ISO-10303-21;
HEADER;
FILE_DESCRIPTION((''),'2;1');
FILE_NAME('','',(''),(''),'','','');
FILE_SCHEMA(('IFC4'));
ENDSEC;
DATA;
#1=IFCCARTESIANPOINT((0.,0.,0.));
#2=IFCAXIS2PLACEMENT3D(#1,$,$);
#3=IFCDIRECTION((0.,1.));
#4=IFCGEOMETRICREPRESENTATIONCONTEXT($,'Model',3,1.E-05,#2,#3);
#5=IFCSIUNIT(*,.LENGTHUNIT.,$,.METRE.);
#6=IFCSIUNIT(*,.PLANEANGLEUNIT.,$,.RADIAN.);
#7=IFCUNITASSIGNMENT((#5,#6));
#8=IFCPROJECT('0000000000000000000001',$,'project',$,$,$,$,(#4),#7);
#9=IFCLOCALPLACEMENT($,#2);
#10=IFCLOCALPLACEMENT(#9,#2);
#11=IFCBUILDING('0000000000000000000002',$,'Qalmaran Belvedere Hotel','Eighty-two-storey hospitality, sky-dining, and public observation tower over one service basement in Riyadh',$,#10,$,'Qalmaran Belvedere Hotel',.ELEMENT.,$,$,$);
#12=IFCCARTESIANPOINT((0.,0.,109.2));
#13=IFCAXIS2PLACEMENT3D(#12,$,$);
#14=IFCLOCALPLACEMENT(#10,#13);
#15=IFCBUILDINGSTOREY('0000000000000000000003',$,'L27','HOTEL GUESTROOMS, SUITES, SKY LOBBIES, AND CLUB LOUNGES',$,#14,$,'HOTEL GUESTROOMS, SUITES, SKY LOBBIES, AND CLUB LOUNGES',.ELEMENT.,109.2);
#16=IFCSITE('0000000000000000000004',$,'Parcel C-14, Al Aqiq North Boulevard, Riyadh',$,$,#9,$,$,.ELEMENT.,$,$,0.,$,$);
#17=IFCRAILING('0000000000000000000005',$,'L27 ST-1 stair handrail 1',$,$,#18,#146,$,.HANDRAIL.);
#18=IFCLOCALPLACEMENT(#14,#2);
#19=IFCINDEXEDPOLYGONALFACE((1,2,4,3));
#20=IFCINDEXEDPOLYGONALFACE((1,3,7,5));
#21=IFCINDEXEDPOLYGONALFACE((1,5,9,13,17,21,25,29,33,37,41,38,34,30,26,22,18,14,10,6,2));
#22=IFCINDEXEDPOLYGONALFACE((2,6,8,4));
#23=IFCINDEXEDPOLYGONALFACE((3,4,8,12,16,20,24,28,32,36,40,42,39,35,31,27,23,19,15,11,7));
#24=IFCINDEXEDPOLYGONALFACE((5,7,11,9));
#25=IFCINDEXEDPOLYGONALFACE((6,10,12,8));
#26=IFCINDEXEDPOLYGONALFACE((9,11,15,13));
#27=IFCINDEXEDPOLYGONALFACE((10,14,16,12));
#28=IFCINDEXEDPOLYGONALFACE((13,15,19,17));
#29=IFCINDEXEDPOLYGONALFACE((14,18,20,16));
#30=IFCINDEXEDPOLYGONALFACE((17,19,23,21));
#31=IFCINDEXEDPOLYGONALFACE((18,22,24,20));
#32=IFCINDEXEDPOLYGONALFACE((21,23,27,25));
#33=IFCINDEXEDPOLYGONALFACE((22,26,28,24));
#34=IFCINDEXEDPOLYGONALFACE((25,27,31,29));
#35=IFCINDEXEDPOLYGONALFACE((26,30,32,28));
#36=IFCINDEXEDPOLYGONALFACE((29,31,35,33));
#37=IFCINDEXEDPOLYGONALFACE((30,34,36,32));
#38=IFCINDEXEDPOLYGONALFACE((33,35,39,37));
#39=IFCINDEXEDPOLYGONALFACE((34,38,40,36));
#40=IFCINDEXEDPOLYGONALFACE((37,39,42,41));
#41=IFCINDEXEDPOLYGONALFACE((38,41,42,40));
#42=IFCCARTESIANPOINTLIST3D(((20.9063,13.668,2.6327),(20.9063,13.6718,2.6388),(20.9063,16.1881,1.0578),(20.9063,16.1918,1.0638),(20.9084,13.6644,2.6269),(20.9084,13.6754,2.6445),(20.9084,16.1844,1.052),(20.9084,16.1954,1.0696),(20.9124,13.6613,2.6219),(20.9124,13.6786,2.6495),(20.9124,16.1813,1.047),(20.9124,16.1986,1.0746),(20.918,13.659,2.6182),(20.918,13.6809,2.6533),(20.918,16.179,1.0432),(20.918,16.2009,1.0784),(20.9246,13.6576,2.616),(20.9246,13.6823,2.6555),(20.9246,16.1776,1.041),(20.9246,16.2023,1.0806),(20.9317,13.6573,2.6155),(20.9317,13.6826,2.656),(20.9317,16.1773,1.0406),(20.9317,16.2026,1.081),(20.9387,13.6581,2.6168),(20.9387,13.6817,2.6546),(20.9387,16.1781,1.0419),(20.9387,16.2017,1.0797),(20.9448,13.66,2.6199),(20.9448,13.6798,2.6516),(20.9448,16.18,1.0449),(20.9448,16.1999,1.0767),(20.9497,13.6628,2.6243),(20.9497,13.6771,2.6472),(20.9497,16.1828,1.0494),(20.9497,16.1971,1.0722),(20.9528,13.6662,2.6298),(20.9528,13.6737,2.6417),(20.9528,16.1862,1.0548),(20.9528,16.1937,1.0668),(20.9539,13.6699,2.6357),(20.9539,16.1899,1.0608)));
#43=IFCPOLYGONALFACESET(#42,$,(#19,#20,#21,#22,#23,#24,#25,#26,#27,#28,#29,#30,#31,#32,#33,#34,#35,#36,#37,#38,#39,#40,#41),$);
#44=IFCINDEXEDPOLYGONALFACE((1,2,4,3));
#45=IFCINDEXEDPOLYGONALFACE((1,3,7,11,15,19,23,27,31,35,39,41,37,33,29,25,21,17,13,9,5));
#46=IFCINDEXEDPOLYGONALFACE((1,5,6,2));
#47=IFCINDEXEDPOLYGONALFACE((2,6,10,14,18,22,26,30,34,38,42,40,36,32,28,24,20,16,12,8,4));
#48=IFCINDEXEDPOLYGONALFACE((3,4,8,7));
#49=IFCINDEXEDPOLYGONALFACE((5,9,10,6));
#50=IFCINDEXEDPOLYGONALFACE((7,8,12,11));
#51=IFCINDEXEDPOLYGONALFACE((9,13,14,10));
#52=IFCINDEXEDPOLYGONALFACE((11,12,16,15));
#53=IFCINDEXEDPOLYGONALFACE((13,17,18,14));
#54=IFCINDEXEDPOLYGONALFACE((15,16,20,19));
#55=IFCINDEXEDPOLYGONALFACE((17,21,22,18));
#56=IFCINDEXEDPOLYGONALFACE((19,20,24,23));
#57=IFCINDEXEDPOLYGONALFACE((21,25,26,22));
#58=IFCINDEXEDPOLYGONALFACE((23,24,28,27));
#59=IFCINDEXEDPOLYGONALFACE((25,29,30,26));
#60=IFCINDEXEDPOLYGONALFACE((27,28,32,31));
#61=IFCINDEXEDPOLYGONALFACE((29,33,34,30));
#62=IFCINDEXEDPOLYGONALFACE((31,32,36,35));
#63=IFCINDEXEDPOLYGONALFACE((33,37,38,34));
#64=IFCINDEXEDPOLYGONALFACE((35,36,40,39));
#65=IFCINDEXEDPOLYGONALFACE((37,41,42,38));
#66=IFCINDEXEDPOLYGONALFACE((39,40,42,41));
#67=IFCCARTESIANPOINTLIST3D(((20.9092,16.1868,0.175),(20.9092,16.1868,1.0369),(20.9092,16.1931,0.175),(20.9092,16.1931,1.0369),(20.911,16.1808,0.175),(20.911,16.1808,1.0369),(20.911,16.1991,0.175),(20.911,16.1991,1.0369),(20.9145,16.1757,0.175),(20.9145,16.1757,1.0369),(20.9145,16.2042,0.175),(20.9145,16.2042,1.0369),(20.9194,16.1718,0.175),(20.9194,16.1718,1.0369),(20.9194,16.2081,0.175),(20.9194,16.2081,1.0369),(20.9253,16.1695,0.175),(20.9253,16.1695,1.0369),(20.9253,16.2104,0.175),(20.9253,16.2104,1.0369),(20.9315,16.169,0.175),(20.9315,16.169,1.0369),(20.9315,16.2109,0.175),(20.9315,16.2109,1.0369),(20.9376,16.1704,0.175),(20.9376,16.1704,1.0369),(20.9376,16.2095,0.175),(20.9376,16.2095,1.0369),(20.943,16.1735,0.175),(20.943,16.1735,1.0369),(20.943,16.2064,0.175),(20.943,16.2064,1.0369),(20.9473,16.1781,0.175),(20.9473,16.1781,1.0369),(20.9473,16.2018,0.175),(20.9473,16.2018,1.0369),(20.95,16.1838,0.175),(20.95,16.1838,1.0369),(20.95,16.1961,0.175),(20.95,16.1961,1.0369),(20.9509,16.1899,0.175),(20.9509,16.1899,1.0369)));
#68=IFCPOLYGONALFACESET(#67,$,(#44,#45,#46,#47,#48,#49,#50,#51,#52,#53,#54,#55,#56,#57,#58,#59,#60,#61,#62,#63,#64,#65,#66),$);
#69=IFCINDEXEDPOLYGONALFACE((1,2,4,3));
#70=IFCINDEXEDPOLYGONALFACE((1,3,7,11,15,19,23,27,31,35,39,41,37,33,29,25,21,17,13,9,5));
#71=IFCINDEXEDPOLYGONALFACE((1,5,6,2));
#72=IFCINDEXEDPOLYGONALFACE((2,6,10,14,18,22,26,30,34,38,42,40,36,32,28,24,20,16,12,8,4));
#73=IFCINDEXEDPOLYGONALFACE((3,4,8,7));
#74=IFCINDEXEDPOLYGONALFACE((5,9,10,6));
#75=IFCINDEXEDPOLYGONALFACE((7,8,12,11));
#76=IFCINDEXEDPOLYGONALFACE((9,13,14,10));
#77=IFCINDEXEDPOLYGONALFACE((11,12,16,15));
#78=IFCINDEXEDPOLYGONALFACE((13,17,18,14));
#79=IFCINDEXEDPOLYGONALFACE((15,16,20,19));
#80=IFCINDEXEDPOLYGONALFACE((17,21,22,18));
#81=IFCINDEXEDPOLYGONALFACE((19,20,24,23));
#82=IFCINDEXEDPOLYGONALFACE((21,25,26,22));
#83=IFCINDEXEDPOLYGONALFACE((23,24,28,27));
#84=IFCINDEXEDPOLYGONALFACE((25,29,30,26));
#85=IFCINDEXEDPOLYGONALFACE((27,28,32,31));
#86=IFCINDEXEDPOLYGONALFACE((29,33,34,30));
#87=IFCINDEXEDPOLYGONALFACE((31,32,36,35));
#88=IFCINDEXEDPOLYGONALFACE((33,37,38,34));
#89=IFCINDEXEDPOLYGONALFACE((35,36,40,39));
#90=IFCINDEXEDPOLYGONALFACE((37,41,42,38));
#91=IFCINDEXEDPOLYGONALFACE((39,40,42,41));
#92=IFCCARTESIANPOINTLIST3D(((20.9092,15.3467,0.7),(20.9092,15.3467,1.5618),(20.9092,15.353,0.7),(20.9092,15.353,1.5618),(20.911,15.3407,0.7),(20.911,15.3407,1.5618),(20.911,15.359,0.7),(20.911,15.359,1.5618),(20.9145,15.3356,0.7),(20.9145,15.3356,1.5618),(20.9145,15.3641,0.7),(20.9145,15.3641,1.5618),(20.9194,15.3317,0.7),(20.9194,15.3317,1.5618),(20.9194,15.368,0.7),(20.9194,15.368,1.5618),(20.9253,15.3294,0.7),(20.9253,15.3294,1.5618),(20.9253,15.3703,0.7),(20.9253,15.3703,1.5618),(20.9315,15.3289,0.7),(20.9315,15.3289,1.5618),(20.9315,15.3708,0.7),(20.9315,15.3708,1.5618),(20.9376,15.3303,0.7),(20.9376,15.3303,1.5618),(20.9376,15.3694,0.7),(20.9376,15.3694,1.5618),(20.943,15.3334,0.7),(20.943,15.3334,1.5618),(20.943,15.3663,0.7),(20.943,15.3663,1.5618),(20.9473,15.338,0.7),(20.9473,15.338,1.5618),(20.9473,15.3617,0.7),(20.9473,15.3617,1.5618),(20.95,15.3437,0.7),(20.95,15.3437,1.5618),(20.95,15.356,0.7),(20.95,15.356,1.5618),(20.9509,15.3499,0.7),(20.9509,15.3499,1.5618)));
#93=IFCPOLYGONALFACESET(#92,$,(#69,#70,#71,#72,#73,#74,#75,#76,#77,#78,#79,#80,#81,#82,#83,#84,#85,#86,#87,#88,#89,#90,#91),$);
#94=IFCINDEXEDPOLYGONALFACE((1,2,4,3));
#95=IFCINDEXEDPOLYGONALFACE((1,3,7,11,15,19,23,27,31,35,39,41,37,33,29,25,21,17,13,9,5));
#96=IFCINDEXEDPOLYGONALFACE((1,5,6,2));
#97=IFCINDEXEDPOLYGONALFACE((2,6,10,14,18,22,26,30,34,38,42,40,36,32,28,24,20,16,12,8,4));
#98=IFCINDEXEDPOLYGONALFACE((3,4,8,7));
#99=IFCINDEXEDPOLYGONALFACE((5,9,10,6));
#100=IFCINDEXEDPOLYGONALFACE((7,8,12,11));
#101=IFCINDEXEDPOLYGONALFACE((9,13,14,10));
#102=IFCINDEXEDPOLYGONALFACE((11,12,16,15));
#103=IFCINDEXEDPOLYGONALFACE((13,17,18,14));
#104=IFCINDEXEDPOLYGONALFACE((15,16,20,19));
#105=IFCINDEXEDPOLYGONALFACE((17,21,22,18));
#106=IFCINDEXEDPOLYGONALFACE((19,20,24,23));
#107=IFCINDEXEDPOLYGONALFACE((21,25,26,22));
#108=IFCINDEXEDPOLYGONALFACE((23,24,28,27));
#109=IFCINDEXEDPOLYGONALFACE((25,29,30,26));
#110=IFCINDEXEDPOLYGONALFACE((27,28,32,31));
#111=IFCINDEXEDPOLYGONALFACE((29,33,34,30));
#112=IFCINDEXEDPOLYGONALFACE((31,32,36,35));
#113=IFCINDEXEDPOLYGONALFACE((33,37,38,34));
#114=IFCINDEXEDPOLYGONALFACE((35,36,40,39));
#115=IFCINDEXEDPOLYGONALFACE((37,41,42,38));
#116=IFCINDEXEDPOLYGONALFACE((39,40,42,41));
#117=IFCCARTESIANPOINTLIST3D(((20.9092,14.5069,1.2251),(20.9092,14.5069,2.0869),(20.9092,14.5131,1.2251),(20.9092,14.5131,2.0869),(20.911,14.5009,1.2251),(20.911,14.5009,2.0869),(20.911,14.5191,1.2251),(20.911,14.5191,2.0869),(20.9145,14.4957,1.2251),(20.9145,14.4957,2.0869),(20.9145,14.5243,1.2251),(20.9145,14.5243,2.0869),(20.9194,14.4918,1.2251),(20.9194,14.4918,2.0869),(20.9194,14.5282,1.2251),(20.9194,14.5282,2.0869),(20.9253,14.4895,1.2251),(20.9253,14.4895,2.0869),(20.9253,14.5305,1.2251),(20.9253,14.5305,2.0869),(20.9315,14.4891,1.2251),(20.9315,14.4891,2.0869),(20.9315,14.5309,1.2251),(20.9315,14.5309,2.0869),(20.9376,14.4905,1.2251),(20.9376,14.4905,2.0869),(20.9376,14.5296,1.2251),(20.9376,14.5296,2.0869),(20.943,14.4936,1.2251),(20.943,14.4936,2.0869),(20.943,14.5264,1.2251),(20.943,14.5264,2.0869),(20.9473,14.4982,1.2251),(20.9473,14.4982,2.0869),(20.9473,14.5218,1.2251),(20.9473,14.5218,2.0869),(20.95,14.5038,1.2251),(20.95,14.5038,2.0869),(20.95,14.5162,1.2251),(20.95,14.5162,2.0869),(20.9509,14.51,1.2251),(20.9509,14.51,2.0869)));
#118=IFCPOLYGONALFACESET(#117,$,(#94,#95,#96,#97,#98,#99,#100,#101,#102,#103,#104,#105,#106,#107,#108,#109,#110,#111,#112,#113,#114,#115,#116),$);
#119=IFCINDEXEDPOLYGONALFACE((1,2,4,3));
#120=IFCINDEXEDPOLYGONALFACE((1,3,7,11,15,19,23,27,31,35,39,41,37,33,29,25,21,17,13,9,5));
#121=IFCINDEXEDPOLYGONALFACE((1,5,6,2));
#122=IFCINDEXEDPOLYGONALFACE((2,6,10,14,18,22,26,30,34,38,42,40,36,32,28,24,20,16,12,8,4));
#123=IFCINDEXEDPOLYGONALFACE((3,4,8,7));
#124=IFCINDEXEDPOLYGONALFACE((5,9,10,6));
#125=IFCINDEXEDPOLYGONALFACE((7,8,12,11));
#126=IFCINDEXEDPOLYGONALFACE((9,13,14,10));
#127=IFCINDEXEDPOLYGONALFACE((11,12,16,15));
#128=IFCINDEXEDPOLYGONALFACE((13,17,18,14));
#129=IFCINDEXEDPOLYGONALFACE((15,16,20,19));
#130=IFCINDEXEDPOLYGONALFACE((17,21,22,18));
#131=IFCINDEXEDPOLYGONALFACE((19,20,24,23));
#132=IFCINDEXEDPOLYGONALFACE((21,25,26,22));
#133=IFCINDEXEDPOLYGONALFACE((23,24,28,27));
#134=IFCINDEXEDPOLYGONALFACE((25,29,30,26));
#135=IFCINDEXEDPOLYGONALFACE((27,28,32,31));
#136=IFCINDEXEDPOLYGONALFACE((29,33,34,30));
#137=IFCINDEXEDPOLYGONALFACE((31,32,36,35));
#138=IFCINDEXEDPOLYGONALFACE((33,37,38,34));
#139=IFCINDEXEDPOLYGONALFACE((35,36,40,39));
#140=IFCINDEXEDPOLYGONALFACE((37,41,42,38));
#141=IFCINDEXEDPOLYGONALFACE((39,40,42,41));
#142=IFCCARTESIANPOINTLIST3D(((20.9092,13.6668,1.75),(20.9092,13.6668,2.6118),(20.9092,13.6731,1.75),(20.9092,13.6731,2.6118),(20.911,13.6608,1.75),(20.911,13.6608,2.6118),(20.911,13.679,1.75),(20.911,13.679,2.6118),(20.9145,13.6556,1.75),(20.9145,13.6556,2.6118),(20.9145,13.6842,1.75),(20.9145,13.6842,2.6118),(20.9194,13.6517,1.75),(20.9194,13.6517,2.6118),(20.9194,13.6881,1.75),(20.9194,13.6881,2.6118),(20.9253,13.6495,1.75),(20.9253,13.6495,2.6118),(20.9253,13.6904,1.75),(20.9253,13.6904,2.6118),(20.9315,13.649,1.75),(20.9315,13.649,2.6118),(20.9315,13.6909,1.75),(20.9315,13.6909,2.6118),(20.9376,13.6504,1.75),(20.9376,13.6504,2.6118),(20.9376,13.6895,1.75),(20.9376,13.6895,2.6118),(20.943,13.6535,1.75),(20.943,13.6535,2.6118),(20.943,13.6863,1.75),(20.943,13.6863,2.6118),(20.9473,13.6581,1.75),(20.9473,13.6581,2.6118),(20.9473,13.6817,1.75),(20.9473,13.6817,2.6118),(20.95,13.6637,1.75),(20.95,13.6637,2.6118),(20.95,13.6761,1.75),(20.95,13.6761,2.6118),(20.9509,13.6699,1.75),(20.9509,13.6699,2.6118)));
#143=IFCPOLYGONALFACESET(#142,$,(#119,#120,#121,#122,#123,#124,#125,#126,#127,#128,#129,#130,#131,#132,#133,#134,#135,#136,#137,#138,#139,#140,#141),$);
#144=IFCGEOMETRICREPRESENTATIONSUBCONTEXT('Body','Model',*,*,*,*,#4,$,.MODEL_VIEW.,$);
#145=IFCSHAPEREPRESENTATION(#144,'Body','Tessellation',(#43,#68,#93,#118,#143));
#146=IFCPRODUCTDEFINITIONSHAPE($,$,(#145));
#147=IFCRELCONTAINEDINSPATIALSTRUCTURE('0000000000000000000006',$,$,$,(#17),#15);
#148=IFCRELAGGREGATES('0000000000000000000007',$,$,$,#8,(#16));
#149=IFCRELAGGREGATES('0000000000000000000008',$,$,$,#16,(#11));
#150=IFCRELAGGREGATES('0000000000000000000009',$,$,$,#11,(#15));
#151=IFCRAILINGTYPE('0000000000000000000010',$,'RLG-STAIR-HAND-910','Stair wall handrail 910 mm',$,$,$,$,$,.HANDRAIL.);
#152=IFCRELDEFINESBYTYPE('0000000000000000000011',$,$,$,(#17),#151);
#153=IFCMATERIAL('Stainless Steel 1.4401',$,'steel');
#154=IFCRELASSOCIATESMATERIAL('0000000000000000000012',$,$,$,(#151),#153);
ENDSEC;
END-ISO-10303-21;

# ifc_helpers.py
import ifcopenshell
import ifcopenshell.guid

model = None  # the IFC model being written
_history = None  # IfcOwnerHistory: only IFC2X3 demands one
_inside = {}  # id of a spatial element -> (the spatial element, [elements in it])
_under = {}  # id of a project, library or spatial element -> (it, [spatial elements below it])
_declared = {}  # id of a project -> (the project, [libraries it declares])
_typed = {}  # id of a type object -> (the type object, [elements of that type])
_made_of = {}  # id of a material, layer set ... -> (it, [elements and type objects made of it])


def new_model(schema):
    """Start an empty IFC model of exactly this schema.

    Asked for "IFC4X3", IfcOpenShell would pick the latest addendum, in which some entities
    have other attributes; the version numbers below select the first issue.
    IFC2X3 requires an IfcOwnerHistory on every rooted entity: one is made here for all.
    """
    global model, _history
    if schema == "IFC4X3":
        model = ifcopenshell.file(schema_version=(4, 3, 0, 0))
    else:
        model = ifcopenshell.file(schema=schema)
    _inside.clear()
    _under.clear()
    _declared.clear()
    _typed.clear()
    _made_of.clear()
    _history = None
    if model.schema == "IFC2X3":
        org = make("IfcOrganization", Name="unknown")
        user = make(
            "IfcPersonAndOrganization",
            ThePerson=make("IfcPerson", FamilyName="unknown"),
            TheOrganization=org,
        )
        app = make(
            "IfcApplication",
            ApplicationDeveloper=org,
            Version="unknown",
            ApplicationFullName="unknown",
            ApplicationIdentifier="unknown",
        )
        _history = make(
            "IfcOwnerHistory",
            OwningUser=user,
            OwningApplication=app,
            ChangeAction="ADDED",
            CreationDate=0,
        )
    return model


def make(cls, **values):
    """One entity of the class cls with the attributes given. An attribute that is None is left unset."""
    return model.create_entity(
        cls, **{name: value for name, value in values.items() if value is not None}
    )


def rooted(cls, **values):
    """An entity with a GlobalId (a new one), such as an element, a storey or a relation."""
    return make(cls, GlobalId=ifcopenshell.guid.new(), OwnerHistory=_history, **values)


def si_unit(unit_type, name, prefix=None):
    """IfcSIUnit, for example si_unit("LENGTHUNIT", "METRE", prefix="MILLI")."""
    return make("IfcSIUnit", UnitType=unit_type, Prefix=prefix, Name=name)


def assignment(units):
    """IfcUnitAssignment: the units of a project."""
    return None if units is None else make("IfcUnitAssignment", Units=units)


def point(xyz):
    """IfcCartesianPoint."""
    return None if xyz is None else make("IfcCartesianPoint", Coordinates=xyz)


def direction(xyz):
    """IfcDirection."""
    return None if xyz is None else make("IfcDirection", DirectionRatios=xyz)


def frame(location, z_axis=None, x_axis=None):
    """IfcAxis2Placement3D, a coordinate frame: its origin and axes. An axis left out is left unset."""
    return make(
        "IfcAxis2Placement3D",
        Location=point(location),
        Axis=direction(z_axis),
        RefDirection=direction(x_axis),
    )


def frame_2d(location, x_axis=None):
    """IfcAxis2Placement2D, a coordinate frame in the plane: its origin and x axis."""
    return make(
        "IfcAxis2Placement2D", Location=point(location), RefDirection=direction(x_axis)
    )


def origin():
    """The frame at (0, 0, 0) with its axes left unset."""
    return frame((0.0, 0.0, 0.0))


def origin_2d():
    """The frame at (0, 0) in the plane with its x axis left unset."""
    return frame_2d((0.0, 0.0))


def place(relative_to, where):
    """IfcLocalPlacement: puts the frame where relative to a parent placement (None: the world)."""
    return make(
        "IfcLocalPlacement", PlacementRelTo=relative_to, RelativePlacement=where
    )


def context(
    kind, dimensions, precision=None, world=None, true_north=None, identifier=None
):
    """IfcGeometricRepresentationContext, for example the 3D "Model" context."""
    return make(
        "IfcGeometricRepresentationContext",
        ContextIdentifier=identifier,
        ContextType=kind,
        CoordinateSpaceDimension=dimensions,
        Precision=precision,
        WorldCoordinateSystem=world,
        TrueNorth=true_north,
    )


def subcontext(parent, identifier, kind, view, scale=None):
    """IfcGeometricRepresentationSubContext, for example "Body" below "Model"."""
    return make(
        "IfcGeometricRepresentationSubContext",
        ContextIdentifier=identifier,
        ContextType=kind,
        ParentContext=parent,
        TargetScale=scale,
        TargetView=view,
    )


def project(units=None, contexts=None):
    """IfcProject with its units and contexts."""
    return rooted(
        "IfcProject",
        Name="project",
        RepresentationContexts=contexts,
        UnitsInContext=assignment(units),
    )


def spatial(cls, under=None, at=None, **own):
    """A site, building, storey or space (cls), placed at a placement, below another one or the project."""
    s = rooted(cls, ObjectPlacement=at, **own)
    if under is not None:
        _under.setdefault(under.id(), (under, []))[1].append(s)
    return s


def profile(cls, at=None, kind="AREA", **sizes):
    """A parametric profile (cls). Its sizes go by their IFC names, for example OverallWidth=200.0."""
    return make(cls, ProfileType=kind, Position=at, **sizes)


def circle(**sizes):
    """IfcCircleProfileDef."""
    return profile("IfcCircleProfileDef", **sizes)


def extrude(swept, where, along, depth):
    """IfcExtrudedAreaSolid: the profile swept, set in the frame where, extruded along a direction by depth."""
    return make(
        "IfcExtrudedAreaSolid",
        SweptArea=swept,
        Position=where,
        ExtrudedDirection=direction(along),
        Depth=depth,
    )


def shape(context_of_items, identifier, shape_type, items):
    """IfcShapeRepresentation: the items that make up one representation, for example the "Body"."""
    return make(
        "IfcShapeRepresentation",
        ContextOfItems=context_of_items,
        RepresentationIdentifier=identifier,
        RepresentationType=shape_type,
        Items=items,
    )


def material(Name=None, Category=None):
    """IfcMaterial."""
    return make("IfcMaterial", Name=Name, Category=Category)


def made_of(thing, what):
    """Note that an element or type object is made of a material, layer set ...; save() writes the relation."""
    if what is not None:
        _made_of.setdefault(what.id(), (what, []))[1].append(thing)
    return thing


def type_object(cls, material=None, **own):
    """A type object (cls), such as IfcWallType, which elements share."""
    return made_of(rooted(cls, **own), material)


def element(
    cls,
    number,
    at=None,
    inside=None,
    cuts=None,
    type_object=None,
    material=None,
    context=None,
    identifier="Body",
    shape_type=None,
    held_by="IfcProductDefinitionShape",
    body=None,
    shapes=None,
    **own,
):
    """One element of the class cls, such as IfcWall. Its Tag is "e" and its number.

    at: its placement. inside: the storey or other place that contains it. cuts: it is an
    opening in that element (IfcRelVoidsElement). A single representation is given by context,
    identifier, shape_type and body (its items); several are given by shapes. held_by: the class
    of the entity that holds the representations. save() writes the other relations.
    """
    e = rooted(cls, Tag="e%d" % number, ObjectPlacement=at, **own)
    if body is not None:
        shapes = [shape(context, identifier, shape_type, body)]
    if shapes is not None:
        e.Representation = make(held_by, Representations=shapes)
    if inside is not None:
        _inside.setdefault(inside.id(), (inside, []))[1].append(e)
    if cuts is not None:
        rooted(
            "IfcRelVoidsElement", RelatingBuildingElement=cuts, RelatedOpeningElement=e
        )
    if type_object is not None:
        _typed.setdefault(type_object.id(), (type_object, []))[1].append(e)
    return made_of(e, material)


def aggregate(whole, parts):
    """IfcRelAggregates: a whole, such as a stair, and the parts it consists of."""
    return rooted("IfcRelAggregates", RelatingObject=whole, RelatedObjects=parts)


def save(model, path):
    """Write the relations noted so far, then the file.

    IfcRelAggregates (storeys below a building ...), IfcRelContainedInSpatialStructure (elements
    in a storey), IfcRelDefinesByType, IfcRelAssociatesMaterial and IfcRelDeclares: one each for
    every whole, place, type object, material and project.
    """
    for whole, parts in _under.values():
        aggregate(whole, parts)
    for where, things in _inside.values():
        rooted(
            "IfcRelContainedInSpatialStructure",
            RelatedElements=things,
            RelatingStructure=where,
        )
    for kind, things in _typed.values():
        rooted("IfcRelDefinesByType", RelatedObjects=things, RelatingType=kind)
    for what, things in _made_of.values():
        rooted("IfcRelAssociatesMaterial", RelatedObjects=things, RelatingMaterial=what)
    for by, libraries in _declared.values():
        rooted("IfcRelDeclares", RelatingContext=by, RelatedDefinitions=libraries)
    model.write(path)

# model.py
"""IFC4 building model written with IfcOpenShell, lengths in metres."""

from ifc_helpers import new_model, si_unit, direction, frame, origin, origin_2d, place, context, subcontext, project, spatial, circle, extrude, material, type_object, element, save


model = new_model("IFC4")

# Units and contexts
model_context = context("Model", 3, precision=1e-05, world=origin(), true_north=direction((0.0, 1.0)))
body_context = subcontext(model_context, "Body", "Model", "MODEL_VIEW")
ifc_project = project(units=[si_unit("LENGTHUNIT", "METRE"), si_unit("PLANEANGLEUNIT", "RADIAN")], contexts=[model_context])

# Site, building, storey
site_placement = place(None, origin())
site = spatial("IfcSite", under=ifc_project, at=site_placement, Name="Parcel C-14, Al Aqiq North Boulevard, Riyadh", CompositionType="ELEMENT", RefElevation=0.0)
building_placement = place(site_placement, origin())
building = spatial("IfcBuilding", under=site, at=building_placement, Name="Qalmaran Belvedere Hotel", Description="Eighty-two-storey hospitality, sky-dining, and public observation tower over one service basement in Riyadh", LongName="Qalmaran Belvedere Hotel", CompositionType="ELEMENT")
storey_placement = place(building_placement, frame((0.0, 0.0, 109.2)))
storey = spatial("IfcBuildingStorey", under=building, at=storey_placement, Name="L27", Description="HOTEL GUESTROOMS, SUITES, SKY LOBBIES, AND CLUB LOUNGES", LongName="HOTEL GUESTROOMS, SUITES, SKY LOBBIES, AND CLUB LOUNGES", CompositionType="ELEMENT", Elevation=109.2)

# Shared definitions
ifc_material_1 = material(Name="Stainless Steel 1.4401", Category="steel")

# Railing
railing_type_1 = type_object("IfcRailingType", Name="RLG-STAIR-HAND-910", Description="Stair wall handrail 910 mm", PredefinedType="HANDRAIL", material=ifc_material_1)
railing_1_placement = place(storey_placement, frame((20.9299, 16.1899, 0.175)))
element("IfcRailing", 1, at=railing_1_placement, inside=storey, type_object=railing_type_1, Name="L27 ST-1 stair handrail 1", PredefinedType="HANDRAIL", context=body_context, shape_type="SweptSolid", body=[
    extrude(circle(Radius=0.0239, at=origin_2d()), frame((0.0, 0.0, 0.8857), z_axis=(0.0, -0.848008, 0.529984), x_axis=(1.0, 0.0, 0.0)), (0.0, 0.0, 1.0), 2.9717),
    extrude(circle(Radius=0.021, at=origin_2d()), origin(), (0.0, 0.0, 1.0), 0.8618),
    extrude(circle(Radius=0.021, at=origin_2d()), frame((0.0, -0.8401, 0.5249)), (0.0, 0.0, 1.0), 0.8618),
    extrude(circle(Radius=0.021, at=origin_2d()), frame((0.0, -1.6799, 1.05)), (0.0, 0.0, 1.0), 0.8618),
    extrude(circle(Radius=0.021, at=origin_2d()), frame((0.0, -2.52, 1.575)), (0.0, 0.0, 1.0), 0.8618),
])

save(model, "model.ifc")
